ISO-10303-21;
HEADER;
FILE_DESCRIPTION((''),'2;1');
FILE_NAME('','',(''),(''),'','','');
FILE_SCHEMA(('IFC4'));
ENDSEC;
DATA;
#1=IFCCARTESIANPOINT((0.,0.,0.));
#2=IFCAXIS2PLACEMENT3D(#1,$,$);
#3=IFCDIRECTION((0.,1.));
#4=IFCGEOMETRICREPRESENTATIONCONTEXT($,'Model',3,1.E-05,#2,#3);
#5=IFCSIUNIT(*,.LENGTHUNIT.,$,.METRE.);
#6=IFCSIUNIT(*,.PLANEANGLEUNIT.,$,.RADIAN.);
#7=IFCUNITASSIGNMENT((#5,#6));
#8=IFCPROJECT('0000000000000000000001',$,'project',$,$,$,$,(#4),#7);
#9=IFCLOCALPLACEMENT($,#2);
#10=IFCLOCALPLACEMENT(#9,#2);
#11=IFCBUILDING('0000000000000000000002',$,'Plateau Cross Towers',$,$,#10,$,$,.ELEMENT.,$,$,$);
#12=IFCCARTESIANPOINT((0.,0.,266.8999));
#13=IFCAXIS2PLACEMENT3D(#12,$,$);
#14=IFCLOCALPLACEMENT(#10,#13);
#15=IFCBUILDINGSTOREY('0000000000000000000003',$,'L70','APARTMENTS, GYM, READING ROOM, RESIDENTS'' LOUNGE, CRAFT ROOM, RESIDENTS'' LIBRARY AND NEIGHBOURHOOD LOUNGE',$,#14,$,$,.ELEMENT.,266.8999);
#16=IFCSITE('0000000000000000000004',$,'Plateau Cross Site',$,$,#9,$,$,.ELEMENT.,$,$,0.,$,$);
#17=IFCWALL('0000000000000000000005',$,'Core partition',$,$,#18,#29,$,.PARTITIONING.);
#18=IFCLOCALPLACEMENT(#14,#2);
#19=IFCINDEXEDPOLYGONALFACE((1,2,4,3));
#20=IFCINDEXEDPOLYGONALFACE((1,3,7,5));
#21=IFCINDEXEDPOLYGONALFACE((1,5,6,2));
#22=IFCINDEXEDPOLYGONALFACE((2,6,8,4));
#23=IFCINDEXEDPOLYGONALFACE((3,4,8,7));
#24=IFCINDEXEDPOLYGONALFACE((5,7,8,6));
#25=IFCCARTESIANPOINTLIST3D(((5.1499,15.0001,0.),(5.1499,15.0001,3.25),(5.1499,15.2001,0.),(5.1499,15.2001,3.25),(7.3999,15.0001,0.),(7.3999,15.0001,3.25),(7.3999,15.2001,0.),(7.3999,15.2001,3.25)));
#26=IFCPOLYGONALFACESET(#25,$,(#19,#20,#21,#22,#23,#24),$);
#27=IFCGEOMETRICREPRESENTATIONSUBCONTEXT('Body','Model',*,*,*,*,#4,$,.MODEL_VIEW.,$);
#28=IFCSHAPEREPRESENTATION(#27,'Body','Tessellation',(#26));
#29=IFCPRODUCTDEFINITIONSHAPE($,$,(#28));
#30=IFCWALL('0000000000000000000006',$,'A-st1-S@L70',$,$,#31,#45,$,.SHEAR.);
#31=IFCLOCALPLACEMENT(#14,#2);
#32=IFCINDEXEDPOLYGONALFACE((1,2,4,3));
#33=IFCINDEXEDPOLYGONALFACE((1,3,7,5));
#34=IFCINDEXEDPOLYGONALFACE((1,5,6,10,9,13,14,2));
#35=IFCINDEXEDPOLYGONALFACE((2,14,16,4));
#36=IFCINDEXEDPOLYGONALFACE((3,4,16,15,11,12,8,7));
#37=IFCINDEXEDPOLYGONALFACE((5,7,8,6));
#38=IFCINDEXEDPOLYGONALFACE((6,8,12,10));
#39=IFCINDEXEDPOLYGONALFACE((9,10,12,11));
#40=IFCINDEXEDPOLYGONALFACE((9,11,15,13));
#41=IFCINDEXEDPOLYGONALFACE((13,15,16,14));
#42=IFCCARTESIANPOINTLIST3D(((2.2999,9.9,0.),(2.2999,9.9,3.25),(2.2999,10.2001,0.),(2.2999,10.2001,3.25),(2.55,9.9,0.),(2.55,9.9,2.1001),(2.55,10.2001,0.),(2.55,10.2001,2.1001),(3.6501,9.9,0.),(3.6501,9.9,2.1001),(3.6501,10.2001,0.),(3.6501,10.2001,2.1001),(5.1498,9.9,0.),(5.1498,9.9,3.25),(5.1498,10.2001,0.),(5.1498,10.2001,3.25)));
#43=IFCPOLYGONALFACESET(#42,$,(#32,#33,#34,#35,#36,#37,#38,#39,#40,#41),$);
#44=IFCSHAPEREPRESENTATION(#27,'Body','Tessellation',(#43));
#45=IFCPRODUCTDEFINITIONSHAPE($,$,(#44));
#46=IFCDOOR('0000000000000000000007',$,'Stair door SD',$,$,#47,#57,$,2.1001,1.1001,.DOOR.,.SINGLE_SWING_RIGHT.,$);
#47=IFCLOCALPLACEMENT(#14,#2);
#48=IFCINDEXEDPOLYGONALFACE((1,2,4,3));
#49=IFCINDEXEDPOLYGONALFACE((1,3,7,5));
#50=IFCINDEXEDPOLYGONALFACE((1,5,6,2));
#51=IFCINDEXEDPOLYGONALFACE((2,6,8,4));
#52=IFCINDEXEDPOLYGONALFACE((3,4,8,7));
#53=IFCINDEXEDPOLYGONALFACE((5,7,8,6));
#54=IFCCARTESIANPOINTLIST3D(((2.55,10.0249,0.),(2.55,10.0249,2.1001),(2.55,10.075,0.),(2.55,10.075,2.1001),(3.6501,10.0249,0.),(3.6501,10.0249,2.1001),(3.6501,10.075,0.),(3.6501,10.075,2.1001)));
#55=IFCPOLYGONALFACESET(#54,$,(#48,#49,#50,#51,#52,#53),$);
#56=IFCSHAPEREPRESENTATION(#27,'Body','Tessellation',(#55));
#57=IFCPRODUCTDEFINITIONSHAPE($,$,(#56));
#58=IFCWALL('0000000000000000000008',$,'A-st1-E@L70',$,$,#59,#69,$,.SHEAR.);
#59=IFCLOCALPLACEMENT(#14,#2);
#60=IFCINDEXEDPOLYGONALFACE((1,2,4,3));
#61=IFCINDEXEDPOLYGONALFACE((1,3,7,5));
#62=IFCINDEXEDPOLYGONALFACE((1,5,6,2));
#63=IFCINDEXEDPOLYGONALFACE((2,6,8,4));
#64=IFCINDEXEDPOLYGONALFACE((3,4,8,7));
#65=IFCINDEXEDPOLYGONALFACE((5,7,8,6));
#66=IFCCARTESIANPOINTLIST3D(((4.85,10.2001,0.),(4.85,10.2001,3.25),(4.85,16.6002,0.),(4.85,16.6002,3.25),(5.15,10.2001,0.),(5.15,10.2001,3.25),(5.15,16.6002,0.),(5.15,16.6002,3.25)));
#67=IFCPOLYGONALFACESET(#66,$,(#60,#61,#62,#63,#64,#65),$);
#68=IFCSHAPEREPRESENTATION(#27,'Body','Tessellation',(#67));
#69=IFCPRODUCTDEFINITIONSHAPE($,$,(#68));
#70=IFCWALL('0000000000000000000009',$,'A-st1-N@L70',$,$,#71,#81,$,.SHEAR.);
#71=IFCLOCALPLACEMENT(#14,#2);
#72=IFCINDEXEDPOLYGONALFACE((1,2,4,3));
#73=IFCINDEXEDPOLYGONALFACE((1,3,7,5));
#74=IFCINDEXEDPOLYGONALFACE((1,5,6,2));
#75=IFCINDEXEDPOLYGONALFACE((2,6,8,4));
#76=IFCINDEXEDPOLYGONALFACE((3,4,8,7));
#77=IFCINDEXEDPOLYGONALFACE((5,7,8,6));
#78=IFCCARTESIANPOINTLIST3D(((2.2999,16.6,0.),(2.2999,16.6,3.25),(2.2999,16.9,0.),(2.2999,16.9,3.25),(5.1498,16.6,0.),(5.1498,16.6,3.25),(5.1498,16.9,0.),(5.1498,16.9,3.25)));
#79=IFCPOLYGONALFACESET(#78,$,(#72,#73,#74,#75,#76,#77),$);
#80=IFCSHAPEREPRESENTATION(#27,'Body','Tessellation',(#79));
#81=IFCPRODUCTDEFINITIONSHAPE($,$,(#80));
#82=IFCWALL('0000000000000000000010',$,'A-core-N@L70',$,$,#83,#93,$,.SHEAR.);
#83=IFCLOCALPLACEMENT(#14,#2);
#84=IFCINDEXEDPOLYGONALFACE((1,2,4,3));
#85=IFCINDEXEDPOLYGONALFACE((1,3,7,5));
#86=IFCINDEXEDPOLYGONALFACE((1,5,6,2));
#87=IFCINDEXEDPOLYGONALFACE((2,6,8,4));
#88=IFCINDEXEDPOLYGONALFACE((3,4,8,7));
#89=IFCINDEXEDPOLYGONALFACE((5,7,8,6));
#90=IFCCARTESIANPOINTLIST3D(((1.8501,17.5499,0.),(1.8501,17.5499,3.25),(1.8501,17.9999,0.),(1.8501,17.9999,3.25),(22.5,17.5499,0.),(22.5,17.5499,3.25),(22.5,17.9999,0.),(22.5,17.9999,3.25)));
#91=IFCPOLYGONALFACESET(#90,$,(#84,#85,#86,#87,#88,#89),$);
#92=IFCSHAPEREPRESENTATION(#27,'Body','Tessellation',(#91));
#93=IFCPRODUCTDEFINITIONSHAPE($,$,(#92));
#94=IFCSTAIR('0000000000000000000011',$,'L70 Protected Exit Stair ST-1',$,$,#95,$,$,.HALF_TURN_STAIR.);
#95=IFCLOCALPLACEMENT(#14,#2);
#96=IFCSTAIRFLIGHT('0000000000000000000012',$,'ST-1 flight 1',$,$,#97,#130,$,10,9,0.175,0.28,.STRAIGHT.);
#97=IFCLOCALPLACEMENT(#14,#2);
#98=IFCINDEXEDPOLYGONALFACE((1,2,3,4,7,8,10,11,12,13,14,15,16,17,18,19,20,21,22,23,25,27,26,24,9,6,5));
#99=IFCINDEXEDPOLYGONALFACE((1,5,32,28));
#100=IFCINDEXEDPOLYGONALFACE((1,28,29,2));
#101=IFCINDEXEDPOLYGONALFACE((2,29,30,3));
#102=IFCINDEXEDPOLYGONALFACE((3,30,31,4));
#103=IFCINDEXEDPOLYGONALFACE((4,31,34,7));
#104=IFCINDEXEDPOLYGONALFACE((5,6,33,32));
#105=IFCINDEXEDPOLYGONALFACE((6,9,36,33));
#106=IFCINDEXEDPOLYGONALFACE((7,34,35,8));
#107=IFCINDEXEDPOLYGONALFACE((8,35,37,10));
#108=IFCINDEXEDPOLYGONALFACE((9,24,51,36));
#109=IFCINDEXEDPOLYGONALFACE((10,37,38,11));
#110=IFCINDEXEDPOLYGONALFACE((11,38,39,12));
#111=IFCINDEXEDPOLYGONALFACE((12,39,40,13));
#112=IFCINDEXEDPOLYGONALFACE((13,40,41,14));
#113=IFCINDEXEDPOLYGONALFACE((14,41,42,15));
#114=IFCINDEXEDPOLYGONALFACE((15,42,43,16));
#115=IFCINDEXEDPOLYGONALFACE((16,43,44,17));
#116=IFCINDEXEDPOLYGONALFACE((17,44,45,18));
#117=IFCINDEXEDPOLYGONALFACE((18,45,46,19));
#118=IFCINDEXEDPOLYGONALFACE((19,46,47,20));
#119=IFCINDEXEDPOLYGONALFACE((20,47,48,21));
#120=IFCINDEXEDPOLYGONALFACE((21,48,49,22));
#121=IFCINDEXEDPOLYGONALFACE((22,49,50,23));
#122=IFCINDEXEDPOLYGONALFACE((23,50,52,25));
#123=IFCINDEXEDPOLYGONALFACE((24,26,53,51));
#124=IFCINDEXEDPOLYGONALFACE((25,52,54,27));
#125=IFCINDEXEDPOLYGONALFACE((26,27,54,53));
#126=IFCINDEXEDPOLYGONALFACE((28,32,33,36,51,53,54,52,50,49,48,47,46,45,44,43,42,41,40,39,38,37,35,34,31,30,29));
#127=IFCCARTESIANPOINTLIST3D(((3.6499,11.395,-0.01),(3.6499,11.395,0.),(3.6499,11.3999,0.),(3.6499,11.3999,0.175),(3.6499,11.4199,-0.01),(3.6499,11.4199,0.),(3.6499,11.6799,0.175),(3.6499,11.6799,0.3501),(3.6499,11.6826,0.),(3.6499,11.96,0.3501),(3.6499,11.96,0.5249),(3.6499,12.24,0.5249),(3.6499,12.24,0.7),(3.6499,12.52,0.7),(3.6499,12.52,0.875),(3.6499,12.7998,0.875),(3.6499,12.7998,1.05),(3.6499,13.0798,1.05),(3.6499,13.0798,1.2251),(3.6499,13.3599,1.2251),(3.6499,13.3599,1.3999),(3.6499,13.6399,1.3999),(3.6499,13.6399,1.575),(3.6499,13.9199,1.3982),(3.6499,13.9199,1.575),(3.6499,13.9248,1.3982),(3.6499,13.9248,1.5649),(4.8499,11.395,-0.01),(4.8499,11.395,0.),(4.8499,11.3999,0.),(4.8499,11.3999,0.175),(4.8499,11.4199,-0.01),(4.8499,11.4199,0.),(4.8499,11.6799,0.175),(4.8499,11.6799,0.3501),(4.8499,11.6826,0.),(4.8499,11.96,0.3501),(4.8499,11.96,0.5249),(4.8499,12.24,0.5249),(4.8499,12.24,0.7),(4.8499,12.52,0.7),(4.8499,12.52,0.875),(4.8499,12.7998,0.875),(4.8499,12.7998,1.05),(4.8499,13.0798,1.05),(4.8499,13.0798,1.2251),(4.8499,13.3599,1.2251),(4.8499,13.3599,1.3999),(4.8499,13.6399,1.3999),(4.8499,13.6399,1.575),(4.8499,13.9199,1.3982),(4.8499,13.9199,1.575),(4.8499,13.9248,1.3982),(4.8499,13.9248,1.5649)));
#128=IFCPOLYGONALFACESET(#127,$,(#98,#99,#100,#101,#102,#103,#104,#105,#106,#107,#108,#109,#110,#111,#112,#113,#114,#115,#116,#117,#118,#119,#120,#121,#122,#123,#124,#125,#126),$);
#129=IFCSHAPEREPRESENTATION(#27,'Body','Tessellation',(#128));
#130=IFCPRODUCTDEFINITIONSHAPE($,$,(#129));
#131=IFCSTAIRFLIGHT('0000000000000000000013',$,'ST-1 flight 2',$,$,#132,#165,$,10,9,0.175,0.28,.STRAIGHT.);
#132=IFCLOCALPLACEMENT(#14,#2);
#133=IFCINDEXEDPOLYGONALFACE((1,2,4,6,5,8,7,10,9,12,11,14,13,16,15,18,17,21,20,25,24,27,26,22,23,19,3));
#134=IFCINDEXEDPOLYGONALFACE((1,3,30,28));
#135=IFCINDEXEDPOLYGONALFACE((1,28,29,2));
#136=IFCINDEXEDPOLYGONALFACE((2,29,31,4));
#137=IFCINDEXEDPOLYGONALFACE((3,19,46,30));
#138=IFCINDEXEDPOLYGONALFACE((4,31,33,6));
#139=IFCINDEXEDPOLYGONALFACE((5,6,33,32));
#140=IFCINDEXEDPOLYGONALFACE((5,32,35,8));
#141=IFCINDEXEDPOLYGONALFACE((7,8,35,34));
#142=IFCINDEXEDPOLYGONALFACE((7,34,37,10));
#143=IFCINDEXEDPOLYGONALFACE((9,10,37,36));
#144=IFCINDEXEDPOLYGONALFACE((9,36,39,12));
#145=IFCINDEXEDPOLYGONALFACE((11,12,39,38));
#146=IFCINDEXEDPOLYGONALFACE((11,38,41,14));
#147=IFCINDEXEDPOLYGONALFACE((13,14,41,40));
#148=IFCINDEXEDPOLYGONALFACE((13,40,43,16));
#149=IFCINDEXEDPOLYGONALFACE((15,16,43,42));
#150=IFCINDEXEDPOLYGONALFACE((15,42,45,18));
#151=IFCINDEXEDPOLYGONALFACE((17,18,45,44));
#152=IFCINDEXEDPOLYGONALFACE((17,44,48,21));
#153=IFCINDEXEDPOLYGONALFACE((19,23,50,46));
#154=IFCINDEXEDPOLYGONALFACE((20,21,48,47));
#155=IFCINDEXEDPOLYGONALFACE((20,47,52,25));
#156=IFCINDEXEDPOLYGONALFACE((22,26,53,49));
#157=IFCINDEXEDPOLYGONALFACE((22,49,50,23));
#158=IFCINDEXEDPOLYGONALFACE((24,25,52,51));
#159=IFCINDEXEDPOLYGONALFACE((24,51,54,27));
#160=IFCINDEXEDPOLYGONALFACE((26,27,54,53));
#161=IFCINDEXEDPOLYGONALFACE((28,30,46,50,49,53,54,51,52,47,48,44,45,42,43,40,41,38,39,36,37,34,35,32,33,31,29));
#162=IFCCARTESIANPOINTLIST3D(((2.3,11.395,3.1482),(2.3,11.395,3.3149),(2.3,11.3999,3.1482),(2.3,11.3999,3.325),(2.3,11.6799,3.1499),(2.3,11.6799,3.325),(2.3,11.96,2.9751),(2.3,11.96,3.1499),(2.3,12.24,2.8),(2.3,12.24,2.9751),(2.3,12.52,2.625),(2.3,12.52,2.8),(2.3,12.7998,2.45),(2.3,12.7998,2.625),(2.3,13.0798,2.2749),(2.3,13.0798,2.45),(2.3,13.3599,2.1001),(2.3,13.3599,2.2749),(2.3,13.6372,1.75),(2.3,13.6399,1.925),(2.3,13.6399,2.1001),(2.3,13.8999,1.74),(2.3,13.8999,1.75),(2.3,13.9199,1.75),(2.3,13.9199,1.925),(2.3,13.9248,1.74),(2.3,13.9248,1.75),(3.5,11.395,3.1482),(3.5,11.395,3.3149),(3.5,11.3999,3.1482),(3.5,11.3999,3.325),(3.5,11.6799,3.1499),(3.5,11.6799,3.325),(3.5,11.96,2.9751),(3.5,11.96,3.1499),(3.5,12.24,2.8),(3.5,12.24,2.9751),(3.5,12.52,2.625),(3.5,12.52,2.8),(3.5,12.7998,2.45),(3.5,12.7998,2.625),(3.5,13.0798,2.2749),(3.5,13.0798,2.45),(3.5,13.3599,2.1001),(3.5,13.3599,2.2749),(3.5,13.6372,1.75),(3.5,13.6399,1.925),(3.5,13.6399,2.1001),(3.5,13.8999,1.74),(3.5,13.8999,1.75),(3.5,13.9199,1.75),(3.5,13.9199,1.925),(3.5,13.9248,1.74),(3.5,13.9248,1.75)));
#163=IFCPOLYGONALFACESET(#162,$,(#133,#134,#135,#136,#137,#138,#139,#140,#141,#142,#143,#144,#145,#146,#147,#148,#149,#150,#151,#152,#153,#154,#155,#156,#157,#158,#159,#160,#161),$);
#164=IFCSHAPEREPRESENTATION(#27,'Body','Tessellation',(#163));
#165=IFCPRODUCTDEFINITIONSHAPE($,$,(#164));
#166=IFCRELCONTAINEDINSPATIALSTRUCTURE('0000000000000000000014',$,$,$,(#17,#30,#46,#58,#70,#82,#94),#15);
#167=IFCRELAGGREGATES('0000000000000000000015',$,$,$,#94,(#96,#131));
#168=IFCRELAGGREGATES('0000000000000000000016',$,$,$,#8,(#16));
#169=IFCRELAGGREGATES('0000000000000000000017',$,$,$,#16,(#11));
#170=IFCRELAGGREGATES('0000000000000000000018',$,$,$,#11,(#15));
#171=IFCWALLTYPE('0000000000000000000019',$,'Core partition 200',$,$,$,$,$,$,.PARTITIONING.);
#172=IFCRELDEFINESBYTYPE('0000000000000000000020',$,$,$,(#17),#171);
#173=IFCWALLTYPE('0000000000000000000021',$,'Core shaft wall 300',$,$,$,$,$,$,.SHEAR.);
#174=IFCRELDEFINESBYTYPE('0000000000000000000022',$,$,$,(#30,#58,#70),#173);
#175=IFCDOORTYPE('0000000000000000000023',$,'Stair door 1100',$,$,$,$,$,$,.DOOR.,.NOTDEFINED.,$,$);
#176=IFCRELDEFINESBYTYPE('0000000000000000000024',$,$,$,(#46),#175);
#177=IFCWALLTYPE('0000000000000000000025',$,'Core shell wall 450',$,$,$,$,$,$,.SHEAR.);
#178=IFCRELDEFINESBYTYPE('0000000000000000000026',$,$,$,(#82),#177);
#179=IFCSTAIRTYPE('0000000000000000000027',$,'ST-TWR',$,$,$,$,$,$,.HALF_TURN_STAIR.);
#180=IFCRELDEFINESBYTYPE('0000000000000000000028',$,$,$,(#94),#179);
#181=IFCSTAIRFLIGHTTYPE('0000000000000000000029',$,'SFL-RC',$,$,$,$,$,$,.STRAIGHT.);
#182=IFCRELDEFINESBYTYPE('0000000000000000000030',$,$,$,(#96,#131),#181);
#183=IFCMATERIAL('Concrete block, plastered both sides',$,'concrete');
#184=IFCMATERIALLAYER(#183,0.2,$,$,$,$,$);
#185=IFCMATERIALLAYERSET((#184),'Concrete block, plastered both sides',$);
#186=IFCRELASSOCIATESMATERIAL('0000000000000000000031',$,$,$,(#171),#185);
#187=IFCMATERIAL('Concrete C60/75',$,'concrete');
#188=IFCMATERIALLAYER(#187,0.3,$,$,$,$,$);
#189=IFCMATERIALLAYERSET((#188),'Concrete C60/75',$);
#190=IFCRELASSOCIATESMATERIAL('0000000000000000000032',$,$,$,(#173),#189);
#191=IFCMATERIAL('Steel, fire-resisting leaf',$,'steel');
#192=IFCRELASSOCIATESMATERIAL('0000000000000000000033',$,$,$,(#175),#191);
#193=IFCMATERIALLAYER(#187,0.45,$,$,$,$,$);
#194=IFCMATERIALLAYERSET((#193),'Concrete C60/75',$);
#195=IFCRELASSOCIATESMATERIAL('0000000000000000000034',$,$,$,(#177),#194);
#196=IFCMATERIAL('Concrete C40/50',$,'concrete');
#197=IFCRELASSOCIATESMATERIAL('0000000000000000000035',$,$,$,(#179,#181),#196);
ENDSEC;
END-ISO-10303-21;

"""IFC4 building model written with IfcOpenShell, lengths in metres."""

from ifc_helpers import new_model, si_unit, direction, frame, frame_2d, origin, place, context, subcontext, project, spatial, polyline, rectangle, outline, extrude, material, layer, layer_set, type_object, element, fill, aggregate, save


model = new_model("IFC4")

# Units and contexts
model_context = context("Model", 3, precision=1e-05, world=origin(), true_north=direction((0.0, 1.0)))
body_context = subcontext(model_context, "Body", "Model", "MODEL_VIEW")
ifc_project = project(units=[si_unit("LENGTHUNIT", "METRE"), si_unit("PLANEANGLEUNIT", "RADIAN")], contexts=[model_context])

# Site, building, storey
site_placement = place(None, origin())
site = spatial("IfcSite", under=ifc_project, at=site_placement, Name="Plateau Cross Site", CompositionType="ELEMENT", RefElevation=0.0)
building_placement = place(site_placement, origin())
building = spatial("IfcBuilding", under=site, at=building_placement, Name="Plateau Cross Towers", CompositionType="ELEMENT")
storey_placement = place(building_placement, frame((0.0, 0.0, 266.8999)))
storey = spatial("IfcBuildingStorey", under=building, at=storey_placement, Name="L70", Description="APARTMENTS, GYM, READING ROOM, RESIDENTS' LOUNGE, CRAFT ROOM, RESIDENTS' LIBRARY AND NEIGHBOURHOOD LOUNGE", CompositionType="ELEMENT", Elevation=266.8999)

# Shared definitions
ifc_material_1 = material(Name="Concrete C60/75", Category="concrete")

# Wall
ifc_material_2 = material(Name="Concrete block, plastered both sides", Category="concrete")
ifc_layer_1 = layer(ifc_material_2, 0.2)
ifc_layer_set_1 = layer_set([ifc_layer_1], Name="Concrete block, plastered both sides")
wall_type_1 = type_object("IfcWallType", Name="Core partition 200", PredefinedType="PARTITIONING", material=ifc_layer_set_1)
for number, where, z_axis, x_axis, name in (
    (1, (5.1499, 15.1001, 0.0), (0.0, 0.0, 1.0), (1.0, 0.0, 0.0), "Core partition"),
):
    element("IfcWall", number, at=place(storey_placement, frame(where, z_axis=z_axis, x_axis=x_axis)), inside=storey, type_object=wall_type_1, Name=name, PredefinedType="PARTITIONING", context=body_context, shape_type="SweptSolid", body=[
        extrude(rectangle(XDim=2.25, YDim=0.2, at=frame_2d((1.125, 0.0))), origin(), (0.0, 0.0, 1.0), 3.25),
    ])

# Wall, opening, door
ifc_layer_2 = layer(ifc_material_1, 0.3)
ifc_layer_set_2 = layer_set([ifc_layer_2], Name="Concrete C60/75")
wall_type_2 = type_object("IfcWallType", Name="Core shaft wall 300", PredefinedType="SHEAR", material=ifc_layer_set_2)
wall_1_placement = place(storey_placement, frame((2.3, 10.05, 0.0), z_axis=(0.0, 0.0, 1.0), x_axis=(1.0, 0.0, 0.0)))
wall_1 = element("IfcWall", 2, at=wall_1_placement, inside=storey, type_object=wall_type_2, Name="A-st1-S@L70", PredefinedType="SHEAR", context=body_context, shape_type="SweptSolid", body=[
    extrude(rectangle(XDim=2.8499, YDim=0.3, at=frame_2d((1.4248, 0.0))), origin(), (0.0, 0.0, 1.0), 3.25),
])
opening_placement = place(wall_1_placement, frame((0.25, 0.0, 0.0)))
opening = element("IfcOpeningElement", 3, at=opening_placement, cuts=wall_1, PredefinedType="OPENING", context=body_context, shape_type="SweptSolid", body=[
    extrude(rectangle(XDim=1.1001, YDim=2.1001, at=frame_2d((0.55, 1.05))), frame((0.0, 0.1599, 0.0), z_axis=(0.0, -1.0, 0.0), x_axis=(1.0, 0.0, 0.0)), (0.0, 0.0, 1.0), 0.3201),
])
ifc_material_3 = material(Name="Steel, fire-resisting leaf", Category="steel")
door_type = type_object("IfcDoorType", Name="Stair door 1100", OperationType="NOTDEFINED", PredefinedType="DOOR", material=ifc_material_3)
door_placement = place(opening_placement, origin())
door = element("IfcDoor", 4, at=door_placement, inside=storey, type_object=door_type, Name="Stair door SD", OperationType="SINGLE_SWING_RIGHT", OverallHeight=2.1001, OverallWidth=1.1001, PredefinedType="DOOR", context=body_context, shape_type="SweptSolid", body=[
    extrude(rectangle(XDim=1.1001, YDim=2.1001, at=frame_2d((0.55, 1.05))), frame((0.0, 0.0249, 0.0), z_axis=(0.0, -1.0, 0.0), x_axis=(1.0, 0.0, 0.0)), (0.0, 0.0, 1.0), 0.05),
])
fill(opening, door)

# Walls
wall_2_placement = place(storey_placement, frame((5.0, 10.2, 0.0), z_axis=(0.0, 0.0, 1.0), x_axis=(0.0, 1.0, 0.0)))
element("IfcWall", 5, at=wall_2_placement, inside=storey, type_object=wall_type_2, Name="A-st1-E@L70", PredefinedType="SHEAR", context=body_context, shape_type="SweptSolid", body=[
    extrude(rectangle(XDim=6.4001, YDim=0.3, at=frame_2d((3.2002, 0.0))), origin(), (0.0, 0.0, 1.0), 3.25),
])
wall_3_placement = place(storey_placement, frame((2.3, 16.75, 0.0), z_axis=(0.0, 0.0, 1.0), x_axis=(1.0, 0.0, 0.0)))
element("IfcWall", 6, at=wall_3_placement, inside=storey, type_object=wall_type_2, Name="A-st1-N@L70", PredefinedType="SHEAR", context=body_context, shape_type="SweptSolid", body=[
    extrude(rectangle(XDim=2.8499, YDim=0.3, at=frame_2d((1.4248, 0.0))), origin(), (0.0, 0.0, 1.0), 3.25),
])
ifc_layer_3 = layer(ifc_material_1, 0.45)
ifc_layer_set_3 = layer_set([ifc_layer_3], Name="Concrete C60/75")
wall_type_3 = type_object("IfcWallType", Name="Core shell wall 450", PredefinedType="SHEAR", material=ifc_layer_set_3)
wall_4_placement = place(storey_placement, frame((1.8501, 17.7749, 0.0), z_axis=(0.0, 0.0, 1.0), x_axis=(1.0, 0.0, 0.0)))
element("IfcWall", 7, at=wall_4_placement, inside=storey, type_object=wall_type_3, Name="A-core-N@L70", PredefinedType="SHEAR", context=body_context, shape_type="SweptSolid", body=[
    extrude(rectangle(XDim=20.6499, YDim=0.45, at=frame_2d((10.325, 0.0))), origin(), (0.0, 0.0, 1.0), 3.25),
])

# Stair, stair flights
ifc_material_4 = material(Name="Concrete C40/50", Category="concrete")
stair_type = type_object("IfcStairType", Name="ST-TWR", PredefinedType="HALF_TURN_STAIR", material=ifc_material_4)
stair_placement = place(storey_placement, origin())
stair = element("IfcStair", 8, at=stair_placement, inside=storey, type_object=stair_type, Name="L70 Protected Exit Stair ST-1", PredefinedType="HALF_TURN_STAIR")
stair_flight_type = type_object("IfcStairFlightType", Name="SFL-RC", PredefinedType="STRAIGHT", material=ifc_material_4)
stair_flight_1_placement = place(storey_placement, frame((4.25, 11.3999, 0.0), z_axis=(0.0, 0.0, 1.0), x_axis=(0.0, 1.0, 0.0)))
stair_flight_1 = element("IfcStairFlight", 9, at=stair_flight_1_placement, type_object=stair_flight_type, Name="ST-1 flight 1", NumberOfRisers=10, NumberOfTreads=9, PredefinedType="STRAIGHT", RiserHeight=0.175, TreadLength=0.28, context=body_context, shape_type="SweptSolid", body=[
    extrude(outline(polyline([(-0.0049, -0.01), (-0.0049, 0.0), (0.0, 0.0), (0.0, 0.175), (0.28, 0.175), (0.28, 0.3501), (0.5601, 0.3501), (0.5601, 0.5249), (0.8401, 0.5249), (0.8401, 0.7), (1.1201, 0.7), (1.1201, 0.875), (1.3999, 0.875), (1.3999, 1.05), (1.6799, 1.05), (1.6799, 1.2251), (1.96, 1.2251), (1.96, 1.3999), (2.24, 1.3999), (2.24, 1.575), (2.52, 1.575), (2.5249, 1.5649), (2.5249, 1.3982), (2.52, 1.3982), (0.2827, 0.0), (0.02, 0.0), (0.02, -0.01), (-0.0049, -0.01)])), frame((0.0, 0.6001, 0.0), z_axis=(0.0, -1.0, 0.0), x_axis=(1.0, 0.0, 0.0)), (0.0, 0.0, 1.0), 1.2),
])
stair_flight_2_placement = place(storey_placement, frame((2.8999, 13.9199, 1.75), z_axis=(0.0, 0.0, 1.0), x_axis=(0.0, -1.0, 0.0)))
stair_flight_2 = element("IfcStairFlight", 10, at=stair_flight_2_placement, type_object=stair_flight_type, Name="ST-1 flight 2", NumberOfRisers=10, NumberOfTreads=9, PredefinedType="STRAIGHT", RiserHeight=0.175, TreadLength=0.28, context=body_context, shape_type="SweptSolid", body=[
    extrude(outline(polyline([(-0.0049, -0.01), (-0.0049, 0.0), (0.0, 0.0), (0.0, 0.175), (0.28, 0.175), (0.28, 0.3501), (0.5601, 0.3501), (0.5601, 0.5249), (0.8401, 0.5249), (0.8401, 0.7), (1.1201, 0.7), (1.1201, 0.875), (1.3999, 0.875), (1.3999, 1.05), (1.6799, 1.05), (1.6799, 1.2251), (1.96, 1.2251), (1.96, 1.3999), (2.24, 1.3999), (2.24, 1.575), (2.52, 1.575), (2.5249, 1.5649), (2.5249, 1.3982), (2.52, 1.3982), (0.2827, 0.0), (0.02, 0.0), (0.02, -0.01), (-0.0049, -0.01)])), frame((0.0, 0.6001, 0.0), z_axis=(0.0, -1.0, 0.0), x_axis=(1.0, 0.0, 0.0)), (0.0, 0.0, 1.0), 1.2),
])
aggregate(stair, [stair_flight_1, stair_flight_2])

save(model, "model.ifc")
